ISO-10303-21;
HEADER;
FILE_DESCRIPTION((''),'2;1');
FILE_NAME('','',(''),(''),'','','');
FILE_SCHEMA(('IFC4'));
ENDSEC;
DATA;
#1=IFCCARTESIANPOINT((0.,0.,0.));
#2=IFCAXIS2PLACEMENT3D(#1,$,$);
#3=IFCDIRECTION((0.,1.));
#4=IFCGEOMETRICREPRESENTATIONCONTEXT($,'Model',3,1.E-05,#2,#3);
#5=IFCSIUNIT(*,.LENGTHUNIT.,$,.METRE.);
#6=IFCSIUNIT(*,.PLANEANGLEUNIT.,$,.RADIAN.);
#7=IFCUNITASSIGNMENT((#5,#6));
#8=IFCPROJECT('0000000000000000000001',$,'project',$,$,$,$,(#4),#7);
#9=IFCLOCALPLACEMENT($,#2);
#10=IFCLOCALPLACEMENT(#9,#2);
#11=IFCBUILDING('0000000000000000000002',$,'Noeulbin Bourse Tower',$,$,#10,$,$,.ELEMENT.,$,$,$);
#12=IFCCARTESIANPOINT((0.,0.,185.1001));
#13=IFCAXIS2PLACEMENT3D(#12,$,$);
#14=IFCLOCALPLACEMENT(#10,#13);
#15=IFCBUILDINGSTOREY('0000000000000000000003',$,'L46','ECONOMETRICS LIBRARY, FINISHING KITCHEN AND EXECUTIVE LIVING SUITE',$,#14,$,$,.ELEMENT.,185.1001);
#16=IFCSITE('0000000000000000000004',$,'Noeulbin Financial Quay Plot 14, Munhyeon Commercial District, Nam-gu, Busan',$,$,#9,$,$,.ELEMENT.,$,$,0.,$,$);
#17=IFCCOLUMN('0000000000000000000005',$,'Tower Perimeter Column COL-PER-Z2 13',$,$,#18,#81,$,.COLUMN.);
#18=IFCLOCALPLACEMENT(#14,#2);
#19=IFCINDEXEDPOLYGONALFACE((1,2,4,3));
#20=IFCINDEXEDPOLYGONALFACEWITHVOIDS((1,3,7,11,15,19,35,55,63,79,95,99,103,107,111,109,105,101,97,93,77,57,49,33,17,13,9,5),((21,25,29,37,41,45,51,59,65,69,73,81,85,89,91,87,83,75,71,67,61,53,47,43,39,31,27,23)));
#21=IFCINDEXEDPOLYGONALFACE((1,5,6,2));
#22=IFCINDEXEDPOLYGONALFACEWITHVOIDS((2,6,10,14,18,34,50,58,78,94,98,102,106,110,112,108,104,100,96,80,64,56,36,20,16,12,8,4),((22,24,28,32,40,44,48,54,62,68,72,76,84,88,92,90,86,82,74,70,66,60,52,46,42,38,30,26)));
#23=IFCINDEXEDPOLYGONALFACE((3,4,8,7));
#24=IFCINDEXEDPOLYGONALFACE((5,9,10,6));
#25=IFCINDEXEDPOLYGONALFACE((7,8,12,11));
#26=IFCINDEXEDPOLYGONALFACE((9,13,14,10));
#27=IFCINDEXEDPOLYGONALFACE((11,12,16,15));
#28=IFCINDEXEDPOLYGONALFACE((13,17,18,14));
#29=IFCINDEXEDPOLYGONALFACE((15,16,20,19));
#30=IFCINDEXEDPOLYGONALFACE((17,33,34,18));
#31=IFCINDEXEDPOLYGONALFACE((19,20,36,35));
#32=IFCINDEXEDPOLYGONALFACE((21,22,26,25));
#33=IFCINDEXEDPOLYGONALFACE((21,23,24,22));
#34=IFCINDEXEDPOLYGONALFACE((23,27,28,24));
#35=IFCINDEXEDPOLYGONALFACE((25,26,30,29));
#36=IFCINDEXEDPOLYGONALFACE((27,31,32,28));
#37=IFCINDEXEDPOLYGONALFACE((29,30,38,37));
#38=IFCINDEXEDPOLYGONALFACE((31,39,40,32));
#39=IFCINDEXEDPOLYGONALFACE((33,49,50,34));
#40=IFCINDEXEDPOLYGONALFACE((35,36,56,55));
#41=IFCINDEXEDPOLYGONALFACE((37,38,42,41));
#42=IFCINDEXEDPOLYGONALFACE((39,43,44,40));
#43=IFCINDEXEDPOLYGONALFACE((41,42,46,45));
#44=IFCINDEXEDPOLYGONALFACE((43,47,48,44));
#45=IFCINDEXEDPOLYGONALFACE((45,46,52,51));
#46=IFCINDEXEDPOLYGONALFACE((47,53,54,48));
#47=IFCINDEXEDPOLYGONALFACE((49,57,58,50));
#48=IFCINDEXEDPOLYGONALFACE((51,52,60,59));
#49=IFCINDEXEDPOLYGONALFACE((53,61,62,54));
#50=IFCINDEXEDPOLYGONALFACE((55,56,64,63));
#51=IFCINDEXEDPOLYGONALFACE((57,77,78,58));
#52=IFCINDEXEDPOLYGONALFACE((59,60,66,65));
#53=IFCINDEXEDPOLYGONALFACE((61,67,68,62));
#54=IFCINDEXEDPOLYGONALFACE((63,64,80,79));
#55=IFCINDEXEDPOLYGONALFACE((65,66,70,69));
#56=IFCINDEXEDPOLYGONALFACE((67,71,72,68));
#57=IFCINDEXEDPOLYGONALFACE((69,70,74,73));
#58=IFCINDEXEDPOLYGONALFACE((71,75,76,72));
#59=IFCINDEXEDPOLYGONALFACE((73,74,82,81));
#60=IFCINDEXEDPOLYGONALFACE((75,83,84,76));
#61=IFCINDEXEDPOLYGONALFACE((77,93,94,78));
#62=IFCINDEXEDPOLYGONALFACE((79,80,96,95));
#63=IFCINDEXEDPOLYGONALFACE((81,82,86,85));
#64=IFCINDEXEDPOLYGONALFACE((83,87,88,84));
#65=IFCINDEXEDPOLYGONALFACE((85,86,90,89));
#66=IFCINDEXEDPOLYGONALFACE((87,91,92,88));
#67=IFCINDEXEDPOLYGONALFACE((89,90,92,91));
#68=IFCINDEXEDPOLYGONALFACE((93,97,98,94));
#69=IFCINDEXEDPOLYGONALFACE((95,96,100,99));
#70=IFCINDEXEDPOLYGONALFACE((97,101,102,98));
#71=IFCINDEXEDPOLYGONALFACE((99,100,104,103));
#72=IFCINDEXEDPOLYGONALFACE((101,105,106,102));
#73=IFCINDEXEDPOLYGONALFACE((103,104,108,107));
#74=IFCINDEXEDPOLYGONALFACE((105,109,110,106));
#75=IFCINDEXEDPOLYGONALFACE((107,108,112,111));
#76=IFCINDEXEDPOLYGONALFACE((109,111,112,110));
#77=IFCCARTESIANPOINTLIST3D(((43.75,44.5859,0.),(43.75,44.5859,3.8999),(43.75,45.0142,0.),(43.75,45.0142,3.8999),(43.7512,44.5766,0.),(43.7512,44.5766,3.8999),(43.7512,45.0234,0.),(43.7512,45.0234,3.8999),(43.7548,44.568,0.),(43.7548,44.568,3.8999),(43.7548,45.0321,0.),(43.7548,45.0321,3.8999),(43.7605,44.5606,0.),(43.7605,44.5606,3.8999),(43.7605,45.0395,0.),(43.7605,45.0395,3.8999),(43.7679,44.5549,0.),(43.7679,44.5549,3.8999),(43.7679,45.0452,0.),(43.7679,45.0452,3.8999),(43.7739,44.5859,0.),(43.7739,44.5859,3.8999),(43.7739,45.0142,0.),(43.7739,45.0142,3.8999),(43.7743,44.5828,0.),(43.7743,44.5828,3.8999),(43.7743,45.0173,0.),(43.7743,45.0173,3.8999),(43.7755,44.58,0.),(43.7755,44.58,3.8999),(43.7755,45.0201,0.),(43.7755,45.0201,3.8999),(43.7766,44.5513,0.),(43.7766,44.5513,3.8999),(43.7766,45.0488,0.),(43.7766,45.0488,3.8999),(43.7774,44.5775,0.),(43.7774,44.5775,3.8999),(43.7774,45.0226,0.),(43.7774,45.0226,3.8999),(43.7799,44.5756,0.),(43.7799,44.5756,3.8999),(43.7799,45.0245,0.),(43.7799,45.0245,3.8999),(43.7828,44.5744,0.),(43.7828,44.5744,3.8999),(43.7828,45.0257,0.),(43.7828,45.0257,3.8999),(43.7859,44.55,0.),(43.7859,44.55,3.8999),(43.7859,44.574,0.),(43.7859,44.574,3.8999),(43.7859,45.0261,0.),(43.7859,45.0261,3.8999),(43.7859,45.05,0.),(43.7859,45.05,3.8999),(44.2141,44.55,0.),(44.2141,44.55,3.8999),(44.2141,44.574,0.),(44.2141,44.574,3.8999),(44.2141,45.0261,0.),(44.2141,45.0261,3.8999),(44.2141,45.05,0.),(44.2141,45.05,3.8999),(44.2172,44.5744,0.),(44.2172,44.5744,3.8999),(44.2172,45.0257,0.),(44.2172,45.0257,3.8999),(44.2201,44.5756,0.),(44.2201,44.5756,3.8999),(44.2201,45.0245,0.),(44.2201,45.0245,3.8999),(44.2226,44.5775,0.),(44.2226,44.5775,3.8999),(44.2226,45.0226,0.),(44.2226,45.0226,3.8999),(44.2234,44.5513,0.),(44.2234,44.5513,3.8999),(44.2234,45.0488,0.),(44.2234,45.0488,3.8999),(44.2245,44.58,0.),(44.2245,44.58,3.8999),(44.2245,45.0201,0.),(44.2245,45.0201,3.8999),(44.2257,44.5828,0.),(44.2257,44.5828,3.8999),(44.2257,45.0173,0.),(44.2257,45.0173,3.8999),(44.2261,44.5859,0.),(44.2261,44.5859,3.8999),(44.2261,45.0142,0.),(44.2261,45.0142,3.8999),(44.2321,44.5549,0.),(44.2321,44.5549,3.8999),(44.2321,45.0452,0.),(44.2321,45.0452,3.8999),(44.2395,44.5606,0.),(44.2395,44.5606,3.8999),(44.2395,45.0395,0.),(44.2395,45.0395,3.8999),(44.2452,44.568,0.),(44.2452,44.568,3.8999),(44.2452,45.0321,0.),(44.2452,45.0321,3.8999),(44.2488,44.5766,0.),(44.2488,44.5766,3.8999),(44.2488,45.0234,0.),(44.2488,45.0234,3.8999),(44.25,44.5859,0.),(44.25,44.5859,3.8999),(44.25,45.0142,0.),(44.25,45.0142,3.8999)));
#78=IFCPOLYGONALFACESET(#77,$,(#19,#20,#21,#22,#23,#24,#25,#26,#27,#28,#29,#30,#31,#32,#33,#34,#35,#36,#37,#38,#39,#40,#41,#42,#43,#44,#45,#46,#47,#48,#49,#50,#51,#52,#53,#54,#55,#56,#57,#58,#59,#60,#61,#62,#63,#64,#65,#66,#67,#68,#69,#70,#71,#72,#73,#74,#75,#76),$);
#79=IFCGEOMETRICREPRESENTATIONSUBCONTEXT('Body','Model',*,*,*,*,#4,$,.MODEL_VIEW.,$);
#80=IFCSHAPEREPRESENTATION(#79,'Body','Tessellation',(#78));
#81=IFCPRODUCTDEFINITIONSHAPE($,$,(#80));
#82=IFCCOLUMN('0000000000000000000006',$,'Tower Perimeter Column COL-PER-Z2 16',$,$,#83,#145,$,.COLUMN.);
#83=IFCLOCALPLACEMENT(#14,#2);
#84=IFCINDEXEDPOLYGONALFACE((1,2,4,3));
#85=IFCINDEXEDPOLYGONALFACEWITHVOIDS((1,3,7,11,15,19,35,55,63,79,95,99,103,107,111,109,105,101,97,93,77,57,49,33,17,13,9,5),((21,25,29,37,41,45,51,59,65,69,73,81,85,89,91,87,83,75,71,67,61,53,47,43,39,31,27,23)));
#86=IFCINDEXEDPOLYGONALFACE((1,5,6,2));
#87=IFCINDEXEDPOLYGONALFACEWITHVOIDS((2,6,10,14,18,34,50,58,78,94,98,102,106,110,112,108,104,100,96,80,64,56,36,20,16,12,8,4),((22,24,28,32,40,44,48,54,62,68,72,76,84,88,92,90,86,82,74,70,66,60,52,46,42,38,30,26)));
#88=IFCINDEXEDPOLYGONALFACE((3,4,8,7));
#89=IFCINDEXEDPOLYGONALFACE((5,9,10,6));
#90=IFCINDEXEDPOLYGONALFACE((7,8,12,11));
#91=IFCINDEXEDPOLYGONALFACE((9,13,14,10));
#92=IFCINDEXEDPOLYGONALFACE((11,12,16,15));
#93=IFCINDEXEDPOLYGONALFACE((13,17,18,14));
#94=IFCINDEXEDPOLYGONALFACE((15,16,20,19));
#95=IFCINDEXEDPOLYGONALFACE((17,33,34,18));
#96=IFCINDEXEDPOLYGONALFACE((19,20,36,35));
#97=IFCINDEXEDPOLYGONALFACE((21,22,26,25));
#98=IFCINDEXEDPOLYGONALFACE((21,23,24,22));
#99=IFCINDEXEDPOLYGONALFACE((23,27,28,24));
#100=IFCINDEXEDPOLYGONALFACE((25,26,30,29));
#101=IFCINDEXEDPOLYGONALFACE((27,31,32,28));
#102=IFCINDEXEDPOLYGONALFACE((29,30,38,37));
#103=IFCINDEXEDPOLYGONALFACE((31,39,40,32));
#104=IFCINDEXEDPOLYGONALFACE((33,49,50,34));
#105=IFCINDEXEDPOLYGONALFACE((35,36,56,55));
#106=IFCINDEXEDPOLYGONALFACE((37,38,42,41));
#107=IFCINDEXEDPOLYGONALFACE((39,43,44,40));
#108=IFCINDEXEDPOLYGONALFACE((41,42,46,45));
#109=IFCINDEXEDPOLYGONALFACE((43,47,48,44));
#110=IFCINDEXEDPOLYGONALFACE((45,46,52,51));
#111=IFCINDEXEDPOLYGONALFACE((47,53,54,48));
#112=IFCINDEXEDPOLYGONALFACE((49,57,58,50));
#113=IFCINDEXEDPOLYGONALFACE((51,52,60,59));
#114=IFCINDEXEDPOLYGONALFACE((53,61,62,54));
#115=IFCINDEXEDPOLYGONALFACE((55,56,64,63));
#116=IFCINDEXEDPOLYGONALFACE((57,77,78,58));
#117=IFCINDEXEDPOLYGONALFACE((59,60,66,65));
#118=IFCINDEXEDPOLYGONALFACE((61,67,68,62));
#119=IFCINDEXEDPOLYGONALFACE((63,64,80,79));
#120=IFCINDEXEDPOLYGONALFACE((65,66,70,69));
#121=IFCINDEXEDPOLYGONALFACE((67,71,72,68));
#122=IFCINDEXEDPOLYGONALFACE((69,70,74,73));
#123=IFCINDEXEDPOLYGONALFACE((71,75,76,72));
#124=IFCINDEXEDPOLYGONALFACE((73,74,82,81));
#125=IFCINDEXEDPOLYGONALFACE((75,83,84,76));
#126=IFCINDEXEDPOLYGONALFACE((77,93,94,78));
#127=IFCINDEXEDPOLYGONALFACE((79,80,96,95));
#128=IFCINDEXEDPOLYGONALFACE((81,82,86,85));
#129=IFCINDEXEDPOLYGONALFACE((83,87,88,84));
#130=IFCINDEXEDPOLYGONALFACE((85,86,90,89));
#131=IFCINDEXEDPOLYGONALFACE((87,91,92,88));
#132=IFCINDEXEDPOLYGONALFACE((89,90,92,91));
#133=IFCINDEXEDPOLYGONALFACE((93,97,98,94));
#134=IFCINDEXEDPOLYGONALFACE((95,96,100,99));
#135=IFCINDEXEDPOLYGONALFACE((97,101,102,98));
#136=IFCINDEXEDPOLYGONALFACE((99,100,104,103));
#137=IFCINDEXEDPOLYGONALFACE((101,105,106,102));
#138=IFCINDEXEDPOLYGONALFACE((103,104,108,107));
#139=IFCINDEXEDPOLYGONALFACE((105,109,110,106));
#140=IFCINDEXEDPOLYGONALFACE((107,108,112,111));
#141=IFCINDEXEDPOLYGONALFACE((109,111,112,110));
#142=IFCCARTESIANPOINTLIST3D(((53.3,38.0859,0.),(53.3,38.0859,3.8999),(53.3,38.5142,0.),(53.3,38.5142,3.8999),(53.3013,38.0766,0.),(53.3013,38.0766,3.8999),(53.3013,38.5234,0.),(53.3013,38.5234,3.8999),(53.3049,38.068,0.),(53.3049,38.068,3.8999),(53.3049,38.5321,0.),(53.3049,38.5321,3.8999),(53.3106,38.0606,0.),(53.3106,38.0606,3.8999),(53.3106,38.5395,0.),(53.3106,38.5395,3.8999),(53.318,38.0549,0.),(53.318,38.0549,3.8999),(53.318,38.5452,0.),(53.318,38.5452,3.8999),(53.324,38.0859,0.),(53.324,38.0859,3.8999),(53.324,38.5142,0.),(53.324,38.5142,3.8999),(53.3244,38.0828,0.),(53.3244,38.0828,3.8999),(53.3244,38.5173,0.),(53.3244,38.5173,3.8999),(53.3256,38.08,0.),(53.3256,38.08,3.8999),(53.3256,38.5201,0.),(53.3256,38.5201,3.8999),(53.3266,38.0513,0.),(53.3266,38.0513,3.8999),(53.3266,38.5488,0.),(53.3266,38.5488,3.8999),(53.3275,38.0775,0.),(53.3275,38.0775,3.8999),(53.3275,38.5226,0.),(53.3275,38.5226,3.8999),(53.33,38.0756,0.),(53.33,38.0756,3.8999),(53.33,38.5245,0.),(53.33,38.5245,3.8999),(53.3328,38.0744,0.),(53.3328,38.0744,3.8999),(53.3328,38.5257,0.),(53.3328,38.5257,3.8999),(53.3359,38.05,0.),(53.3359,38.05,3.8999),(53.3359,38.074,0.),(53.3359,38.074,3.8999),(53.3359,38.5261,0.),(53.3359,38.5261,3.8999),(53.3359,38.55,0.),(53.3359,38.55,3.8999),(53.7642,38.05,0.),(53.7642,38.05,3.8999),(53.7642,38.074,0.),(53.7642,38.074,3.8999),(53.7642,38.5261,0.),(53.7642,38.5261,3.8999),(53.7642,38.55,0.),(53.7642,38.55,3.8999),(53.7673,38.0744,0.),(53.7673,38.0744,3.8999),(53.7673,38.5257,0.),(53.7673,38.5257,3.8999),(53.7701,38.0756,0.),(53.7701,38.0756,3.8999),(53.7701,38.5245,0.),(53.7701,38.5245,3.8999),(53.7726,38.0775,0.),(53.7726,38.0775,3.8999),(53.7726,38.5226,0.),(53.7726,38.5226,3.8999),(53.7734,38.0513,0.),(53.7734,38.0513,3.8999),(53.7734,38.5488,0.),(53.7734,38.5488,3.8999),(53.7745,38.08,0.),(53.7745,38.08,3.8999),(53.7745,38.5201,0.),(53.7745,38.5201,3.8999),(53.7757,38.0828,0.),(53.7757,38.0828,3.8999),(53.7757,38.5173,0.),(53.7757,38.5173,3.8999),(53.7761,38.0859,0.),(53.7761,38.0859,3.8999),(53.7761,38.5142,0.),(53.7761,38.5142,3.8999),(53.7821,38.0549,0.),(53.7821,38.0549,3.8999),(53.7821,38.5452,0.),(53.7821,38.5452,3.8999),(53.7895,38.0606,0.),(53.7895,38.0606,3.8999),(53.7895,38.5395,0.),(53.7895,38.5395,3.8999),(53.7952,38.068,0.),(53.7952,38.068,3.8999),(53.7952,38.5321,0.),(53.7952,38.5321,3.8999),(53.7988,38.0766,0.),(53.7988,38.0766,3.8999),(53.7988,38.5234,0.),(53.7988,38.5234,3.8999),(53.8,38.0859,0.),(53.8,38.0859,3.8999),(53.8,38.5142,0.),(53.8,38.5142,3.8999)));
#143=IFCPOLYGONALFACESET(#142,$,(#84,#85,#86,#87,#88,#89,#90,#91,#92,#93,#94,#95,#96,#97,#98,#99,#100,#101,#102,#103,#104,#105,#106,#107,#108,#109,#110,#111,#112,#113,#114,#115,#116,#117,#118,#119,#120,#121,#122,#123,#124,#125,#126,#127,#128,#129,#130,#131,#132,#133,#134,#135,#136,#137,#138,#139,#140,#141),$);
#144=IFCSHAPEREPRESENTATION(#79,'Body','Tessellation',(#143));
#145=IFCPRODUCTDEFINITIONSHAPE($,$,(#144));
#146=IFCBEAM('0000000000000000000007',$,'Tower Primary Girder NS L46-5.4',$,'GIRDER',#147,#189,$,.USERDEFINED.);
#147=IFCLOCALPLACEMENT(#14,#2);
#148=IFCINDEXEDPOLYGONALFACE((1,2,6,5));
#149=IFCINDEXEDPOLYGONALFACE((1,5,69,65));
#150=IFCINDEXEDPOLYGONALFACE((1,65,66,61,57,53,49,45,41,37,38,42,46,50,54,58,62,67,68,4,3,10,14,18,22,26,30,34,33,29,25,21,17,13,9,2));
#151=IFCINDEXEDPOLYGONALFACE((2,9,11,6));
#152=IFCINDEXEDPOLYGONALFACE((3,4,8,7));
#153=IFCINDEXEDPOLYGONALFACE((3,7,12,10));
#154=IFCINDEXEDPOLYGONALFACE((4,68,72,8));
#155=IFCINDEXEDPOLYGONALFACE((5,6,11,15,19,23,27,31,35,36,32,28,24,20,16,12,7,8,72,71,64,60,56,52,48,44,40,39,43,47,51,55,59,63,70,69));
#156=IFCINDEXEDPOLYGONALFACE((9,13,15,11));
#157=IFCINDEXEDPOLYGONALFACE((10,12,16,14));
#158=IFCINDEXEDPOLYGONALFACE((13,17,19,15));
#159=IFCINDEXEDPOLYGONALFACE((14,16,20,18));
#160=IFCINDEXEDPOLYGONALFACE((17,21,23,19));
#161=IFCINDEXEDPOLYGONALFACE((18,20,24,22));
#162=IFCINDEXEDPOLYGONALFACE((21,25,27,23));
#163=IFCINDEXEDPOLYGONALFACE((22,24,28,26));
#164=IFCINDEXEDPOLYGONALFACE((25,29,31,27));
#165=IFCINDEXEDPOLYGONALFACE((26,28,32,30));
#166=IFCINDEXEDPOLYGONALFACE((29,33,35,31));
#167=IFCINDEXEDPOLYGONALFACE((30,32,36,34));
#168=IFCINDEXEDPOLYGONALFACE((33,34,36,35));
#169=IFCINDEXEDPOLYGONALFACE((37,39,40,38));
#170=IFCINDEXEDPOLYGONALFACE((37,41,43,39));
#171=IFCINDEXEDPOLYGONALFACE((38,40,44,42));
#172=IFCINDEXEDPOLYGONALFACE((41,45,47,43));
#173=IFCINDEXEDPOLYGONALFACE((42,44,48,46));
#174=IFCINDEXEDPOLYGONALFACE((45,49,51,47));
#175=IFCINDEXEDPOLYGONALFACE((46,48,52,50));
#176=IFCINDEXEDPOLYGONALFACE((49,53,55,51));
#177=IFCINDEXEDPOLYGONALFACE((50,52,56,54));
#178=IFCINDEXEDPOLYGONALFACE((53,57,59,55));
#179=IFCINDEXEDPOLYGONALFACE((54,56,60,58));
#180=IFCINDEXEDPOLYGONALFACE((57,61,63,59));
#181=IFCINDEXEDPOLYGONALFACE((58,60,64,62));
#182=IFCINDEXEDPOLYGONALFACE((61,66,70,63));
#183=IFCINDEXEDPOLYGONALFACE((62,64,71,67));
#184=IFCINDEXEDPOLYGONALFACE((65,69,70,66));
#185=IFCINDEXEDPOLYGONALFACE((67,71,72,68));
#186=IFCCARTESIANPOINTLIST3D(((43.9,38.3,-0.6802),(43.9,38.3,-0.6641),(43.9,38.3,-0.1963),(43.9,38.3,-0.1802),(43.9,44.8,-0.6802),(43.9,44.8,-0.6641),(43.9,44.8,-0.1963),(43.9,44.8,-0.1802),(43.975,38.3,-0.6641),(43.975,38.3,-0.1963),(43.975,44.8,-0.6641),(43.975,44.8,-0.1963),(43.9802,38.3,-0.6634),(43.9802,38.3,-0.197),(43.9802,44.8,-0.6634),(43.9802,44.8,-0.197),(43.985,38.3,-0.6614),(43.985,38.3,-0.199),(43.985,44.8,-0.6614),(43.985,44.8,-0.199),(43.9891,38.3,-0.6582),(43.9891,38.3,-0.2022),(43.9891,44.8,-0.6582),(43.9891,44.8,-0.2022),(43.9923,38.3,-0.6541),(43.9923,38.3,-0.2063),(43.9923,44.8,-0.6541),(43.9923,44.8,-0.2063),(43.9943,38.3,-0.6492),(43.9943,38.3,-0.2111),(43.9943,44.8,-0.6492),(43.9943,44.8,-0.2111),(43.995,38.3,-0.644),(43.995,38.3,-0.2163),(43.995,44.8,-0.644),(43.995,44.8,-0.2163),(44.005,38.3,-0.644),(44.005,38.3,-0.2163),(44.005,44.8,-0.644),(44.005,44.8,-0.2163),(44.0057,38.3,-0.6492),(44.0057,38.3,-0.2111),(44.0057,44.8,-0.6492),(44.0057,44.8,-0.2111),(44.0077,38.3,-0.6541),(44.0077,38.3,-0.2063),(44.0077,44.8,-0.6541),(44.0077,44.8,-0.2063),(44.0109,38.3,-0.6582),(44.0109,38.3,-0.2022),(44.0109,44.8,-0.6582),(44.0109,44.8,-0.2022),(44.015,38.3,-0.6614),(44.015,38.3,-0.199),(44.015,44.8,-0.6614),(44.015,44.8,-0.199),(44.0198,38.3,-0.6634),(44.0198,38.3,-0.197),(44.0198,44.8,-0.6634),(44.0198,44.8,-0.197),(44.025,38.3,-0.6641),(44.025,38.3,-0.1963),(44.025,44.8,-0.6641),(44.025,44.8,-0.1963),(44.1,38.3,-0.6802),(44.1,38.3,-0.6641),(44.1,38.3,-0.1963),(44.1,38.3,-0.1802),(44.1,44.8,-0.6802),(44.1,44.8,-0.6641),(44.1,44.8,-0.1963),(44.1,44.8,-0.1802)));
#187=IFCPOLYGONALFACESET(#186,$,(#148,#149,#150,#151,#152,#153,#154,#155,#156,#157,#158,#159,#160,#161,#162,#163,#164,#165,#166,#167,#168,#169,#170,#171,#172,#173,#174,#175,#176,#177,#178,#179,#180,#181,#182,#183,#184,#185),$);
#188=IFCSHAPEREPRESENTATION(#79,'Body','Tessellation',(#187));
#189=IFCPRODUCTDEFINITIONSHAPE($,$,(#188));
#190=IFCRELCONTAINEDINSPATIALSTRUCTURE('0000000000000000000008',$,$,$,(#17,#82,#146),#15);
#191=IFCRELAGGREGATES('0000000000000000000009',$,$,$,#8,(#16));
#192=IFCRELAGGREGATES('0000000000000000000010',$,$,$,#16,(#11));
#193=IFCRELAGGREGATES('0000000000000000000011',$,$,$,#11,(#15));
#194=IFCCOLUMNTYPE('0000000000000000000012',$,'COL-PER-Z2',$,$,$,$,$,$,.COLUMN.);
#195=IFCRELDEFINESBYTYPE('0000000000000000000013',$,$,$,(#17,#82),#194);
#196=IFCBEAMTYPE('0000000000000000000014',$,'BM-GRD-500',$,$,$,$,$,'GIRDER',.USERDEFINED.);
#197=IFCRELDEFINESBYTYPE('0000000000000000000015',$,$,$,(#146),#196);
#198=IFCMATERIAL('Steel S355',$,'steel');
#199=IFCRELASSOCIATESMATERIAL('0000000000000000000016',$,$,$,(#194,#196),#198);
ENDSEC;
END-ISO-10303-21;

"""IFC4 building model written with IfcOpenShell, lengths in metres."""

from ifc_helpers import new_model, si_unit, direction, frame, origin, origin_2d, place, context, subcontext, project, spatial, hollow_rectangle, i_section, extrude, material, material_profile, profile_set, type_object, element, save


model = new_model("IFC4")

# Units and contexts
model_context = context("Model", 3, precision=1e-05, world=origin(), true_north=direction((0.0, 1.0)))
body_context = subcontext(model_context, "Body", "Model", "MODEL_VIEW")
ifc_project = project(units=[si_unit("LENGTHUNIT", "METRE"), si_unit("PLANEANGLEUNIT", "RADIAN")], contexts=[model_context])

# Site, building, storey
site_placement = place(None, origin())
site = spatial("IfcSite", under=ifc_project, at=site_placement, Name="Noeulbin Financial Quay Plot 14, Munhyeon Commercial District, Nam-gu, Busan", CompositionType="ELEMENT", RefElevation=0.0)
building_placement = place(site_placement, origin())
building = spatial("IfcBuilding", under=site, at=building_placement, Name="Noeulbin Bourse Tower", CompositionType="ELEMENT")
storey_placement = place(building_placement, frame((0.0, 0.0, 185.1001)))
storey = spatial("IfcBuildingStorey", under=building, at=storey_placement, Name="L46", Description="ECONOMETRICS LIBRARY, FINISHING KITCHEN AND EXECUTIVE LIVING SUITE", CompositionType="ELEMENT", Elevation=185.1001)

# Columns
ifc_material_1 = material(Name="Steel S355", Category="steel")
ifc_material_profile_1 = material_profile(ifc_material_1, hollow_rectangle(XDim=0.5, YDim=0.5, WallThickness=0.0239, InnerFilletRadius=0.012, OuterFilletRadius=0.0359, at=origin_2d()), Name="BOX-500x500x24", Category="LoadBearing")
ifc_profile_set_1 = profile_set([ifc_material_profile_1], Name="Steel S355")
column_type = type_object("IfcColumnType", Name="COL-PER-Z2", PredefinedType="COLUMN", material=ifc_profile_set_1)
for number, where, z_axis, x_axis, name in (
    (1, (44.0, 44.8, 0.0), (0.0, 0.0, 1.0), (1.0, 0.0, 0.0), "Tower Perimeter Column COL-PER-Z2 13"),
    (2, (53.55, 38.3, 0.0), (0.0, 0.0, 1.0), (1.0, 0.0, 0.0), "Tower Perimeter Column COL-PER-Z2 16"),
):
    element("IfcColumn", number, at=place(storey_placement, frame(where, z_axis=z_axis, x_axis=x_axis)), inside=storey, type_object=column_type, Name=name, PredefinedType="COLUMN", context=body_context, shape_type="SweptSolid", body=[
        extrude(hollow_rectangle(XDim=0.5, YDim=0.5, WallThickness=0.0239, InnerFilletRadius=0.012, OuterFilletRadius=0.0359, at=origin_2d()), origin(), (0.0, 0.0, 1.0), 3.8999),
    ])

# Beam
ifc_material_profile_2 = material_profile(ifc_material_1, i_section(OverallWidth=0.2, OverallDepth=0.5, WebThickness=0.01, FlangeThickness=0.0161, FilletRadius=0.02, at=origin_2d()), Name="H-500x200x10x16", Category="LoadBearing")
ifc_profile_set_2 = profile_set([ifc_material_profile_2], Name="Steel S355")
beam_type_1 = type_object("IfcBeamType", Name="BM-GRD-500", ElementType="GIRDER", PredefinedType="USERDEFINED", material=ifc_profile_set_2)
beam_placement = place(storey_placement, frame((44.0, 38.3, -0.4302), z_axis=(0.0, 1.0, 0.0), x_axis=(-1.0, 0.0, 0.0)))
element("IfcBeam", 3, at=beam_placement, inside=storey, type_object=beam_type_1, Name="Tower Primary Girder NS L46-5.4", ObjectType="GIRDER", PredefinedType="USERDEFINED", context=body_context, shape_type="SweptSolid", body=[
    extrude(i_section(OverallWidth=0.2, OverallDepth=0.5, WebThickness=0.01, FlangeThickness=0.0161, FilletRadius=0.02, at=origin_2d()), origin(), (0.0, 0.0, 1.0), 6.5),
])

save(model, "model.ifc")
